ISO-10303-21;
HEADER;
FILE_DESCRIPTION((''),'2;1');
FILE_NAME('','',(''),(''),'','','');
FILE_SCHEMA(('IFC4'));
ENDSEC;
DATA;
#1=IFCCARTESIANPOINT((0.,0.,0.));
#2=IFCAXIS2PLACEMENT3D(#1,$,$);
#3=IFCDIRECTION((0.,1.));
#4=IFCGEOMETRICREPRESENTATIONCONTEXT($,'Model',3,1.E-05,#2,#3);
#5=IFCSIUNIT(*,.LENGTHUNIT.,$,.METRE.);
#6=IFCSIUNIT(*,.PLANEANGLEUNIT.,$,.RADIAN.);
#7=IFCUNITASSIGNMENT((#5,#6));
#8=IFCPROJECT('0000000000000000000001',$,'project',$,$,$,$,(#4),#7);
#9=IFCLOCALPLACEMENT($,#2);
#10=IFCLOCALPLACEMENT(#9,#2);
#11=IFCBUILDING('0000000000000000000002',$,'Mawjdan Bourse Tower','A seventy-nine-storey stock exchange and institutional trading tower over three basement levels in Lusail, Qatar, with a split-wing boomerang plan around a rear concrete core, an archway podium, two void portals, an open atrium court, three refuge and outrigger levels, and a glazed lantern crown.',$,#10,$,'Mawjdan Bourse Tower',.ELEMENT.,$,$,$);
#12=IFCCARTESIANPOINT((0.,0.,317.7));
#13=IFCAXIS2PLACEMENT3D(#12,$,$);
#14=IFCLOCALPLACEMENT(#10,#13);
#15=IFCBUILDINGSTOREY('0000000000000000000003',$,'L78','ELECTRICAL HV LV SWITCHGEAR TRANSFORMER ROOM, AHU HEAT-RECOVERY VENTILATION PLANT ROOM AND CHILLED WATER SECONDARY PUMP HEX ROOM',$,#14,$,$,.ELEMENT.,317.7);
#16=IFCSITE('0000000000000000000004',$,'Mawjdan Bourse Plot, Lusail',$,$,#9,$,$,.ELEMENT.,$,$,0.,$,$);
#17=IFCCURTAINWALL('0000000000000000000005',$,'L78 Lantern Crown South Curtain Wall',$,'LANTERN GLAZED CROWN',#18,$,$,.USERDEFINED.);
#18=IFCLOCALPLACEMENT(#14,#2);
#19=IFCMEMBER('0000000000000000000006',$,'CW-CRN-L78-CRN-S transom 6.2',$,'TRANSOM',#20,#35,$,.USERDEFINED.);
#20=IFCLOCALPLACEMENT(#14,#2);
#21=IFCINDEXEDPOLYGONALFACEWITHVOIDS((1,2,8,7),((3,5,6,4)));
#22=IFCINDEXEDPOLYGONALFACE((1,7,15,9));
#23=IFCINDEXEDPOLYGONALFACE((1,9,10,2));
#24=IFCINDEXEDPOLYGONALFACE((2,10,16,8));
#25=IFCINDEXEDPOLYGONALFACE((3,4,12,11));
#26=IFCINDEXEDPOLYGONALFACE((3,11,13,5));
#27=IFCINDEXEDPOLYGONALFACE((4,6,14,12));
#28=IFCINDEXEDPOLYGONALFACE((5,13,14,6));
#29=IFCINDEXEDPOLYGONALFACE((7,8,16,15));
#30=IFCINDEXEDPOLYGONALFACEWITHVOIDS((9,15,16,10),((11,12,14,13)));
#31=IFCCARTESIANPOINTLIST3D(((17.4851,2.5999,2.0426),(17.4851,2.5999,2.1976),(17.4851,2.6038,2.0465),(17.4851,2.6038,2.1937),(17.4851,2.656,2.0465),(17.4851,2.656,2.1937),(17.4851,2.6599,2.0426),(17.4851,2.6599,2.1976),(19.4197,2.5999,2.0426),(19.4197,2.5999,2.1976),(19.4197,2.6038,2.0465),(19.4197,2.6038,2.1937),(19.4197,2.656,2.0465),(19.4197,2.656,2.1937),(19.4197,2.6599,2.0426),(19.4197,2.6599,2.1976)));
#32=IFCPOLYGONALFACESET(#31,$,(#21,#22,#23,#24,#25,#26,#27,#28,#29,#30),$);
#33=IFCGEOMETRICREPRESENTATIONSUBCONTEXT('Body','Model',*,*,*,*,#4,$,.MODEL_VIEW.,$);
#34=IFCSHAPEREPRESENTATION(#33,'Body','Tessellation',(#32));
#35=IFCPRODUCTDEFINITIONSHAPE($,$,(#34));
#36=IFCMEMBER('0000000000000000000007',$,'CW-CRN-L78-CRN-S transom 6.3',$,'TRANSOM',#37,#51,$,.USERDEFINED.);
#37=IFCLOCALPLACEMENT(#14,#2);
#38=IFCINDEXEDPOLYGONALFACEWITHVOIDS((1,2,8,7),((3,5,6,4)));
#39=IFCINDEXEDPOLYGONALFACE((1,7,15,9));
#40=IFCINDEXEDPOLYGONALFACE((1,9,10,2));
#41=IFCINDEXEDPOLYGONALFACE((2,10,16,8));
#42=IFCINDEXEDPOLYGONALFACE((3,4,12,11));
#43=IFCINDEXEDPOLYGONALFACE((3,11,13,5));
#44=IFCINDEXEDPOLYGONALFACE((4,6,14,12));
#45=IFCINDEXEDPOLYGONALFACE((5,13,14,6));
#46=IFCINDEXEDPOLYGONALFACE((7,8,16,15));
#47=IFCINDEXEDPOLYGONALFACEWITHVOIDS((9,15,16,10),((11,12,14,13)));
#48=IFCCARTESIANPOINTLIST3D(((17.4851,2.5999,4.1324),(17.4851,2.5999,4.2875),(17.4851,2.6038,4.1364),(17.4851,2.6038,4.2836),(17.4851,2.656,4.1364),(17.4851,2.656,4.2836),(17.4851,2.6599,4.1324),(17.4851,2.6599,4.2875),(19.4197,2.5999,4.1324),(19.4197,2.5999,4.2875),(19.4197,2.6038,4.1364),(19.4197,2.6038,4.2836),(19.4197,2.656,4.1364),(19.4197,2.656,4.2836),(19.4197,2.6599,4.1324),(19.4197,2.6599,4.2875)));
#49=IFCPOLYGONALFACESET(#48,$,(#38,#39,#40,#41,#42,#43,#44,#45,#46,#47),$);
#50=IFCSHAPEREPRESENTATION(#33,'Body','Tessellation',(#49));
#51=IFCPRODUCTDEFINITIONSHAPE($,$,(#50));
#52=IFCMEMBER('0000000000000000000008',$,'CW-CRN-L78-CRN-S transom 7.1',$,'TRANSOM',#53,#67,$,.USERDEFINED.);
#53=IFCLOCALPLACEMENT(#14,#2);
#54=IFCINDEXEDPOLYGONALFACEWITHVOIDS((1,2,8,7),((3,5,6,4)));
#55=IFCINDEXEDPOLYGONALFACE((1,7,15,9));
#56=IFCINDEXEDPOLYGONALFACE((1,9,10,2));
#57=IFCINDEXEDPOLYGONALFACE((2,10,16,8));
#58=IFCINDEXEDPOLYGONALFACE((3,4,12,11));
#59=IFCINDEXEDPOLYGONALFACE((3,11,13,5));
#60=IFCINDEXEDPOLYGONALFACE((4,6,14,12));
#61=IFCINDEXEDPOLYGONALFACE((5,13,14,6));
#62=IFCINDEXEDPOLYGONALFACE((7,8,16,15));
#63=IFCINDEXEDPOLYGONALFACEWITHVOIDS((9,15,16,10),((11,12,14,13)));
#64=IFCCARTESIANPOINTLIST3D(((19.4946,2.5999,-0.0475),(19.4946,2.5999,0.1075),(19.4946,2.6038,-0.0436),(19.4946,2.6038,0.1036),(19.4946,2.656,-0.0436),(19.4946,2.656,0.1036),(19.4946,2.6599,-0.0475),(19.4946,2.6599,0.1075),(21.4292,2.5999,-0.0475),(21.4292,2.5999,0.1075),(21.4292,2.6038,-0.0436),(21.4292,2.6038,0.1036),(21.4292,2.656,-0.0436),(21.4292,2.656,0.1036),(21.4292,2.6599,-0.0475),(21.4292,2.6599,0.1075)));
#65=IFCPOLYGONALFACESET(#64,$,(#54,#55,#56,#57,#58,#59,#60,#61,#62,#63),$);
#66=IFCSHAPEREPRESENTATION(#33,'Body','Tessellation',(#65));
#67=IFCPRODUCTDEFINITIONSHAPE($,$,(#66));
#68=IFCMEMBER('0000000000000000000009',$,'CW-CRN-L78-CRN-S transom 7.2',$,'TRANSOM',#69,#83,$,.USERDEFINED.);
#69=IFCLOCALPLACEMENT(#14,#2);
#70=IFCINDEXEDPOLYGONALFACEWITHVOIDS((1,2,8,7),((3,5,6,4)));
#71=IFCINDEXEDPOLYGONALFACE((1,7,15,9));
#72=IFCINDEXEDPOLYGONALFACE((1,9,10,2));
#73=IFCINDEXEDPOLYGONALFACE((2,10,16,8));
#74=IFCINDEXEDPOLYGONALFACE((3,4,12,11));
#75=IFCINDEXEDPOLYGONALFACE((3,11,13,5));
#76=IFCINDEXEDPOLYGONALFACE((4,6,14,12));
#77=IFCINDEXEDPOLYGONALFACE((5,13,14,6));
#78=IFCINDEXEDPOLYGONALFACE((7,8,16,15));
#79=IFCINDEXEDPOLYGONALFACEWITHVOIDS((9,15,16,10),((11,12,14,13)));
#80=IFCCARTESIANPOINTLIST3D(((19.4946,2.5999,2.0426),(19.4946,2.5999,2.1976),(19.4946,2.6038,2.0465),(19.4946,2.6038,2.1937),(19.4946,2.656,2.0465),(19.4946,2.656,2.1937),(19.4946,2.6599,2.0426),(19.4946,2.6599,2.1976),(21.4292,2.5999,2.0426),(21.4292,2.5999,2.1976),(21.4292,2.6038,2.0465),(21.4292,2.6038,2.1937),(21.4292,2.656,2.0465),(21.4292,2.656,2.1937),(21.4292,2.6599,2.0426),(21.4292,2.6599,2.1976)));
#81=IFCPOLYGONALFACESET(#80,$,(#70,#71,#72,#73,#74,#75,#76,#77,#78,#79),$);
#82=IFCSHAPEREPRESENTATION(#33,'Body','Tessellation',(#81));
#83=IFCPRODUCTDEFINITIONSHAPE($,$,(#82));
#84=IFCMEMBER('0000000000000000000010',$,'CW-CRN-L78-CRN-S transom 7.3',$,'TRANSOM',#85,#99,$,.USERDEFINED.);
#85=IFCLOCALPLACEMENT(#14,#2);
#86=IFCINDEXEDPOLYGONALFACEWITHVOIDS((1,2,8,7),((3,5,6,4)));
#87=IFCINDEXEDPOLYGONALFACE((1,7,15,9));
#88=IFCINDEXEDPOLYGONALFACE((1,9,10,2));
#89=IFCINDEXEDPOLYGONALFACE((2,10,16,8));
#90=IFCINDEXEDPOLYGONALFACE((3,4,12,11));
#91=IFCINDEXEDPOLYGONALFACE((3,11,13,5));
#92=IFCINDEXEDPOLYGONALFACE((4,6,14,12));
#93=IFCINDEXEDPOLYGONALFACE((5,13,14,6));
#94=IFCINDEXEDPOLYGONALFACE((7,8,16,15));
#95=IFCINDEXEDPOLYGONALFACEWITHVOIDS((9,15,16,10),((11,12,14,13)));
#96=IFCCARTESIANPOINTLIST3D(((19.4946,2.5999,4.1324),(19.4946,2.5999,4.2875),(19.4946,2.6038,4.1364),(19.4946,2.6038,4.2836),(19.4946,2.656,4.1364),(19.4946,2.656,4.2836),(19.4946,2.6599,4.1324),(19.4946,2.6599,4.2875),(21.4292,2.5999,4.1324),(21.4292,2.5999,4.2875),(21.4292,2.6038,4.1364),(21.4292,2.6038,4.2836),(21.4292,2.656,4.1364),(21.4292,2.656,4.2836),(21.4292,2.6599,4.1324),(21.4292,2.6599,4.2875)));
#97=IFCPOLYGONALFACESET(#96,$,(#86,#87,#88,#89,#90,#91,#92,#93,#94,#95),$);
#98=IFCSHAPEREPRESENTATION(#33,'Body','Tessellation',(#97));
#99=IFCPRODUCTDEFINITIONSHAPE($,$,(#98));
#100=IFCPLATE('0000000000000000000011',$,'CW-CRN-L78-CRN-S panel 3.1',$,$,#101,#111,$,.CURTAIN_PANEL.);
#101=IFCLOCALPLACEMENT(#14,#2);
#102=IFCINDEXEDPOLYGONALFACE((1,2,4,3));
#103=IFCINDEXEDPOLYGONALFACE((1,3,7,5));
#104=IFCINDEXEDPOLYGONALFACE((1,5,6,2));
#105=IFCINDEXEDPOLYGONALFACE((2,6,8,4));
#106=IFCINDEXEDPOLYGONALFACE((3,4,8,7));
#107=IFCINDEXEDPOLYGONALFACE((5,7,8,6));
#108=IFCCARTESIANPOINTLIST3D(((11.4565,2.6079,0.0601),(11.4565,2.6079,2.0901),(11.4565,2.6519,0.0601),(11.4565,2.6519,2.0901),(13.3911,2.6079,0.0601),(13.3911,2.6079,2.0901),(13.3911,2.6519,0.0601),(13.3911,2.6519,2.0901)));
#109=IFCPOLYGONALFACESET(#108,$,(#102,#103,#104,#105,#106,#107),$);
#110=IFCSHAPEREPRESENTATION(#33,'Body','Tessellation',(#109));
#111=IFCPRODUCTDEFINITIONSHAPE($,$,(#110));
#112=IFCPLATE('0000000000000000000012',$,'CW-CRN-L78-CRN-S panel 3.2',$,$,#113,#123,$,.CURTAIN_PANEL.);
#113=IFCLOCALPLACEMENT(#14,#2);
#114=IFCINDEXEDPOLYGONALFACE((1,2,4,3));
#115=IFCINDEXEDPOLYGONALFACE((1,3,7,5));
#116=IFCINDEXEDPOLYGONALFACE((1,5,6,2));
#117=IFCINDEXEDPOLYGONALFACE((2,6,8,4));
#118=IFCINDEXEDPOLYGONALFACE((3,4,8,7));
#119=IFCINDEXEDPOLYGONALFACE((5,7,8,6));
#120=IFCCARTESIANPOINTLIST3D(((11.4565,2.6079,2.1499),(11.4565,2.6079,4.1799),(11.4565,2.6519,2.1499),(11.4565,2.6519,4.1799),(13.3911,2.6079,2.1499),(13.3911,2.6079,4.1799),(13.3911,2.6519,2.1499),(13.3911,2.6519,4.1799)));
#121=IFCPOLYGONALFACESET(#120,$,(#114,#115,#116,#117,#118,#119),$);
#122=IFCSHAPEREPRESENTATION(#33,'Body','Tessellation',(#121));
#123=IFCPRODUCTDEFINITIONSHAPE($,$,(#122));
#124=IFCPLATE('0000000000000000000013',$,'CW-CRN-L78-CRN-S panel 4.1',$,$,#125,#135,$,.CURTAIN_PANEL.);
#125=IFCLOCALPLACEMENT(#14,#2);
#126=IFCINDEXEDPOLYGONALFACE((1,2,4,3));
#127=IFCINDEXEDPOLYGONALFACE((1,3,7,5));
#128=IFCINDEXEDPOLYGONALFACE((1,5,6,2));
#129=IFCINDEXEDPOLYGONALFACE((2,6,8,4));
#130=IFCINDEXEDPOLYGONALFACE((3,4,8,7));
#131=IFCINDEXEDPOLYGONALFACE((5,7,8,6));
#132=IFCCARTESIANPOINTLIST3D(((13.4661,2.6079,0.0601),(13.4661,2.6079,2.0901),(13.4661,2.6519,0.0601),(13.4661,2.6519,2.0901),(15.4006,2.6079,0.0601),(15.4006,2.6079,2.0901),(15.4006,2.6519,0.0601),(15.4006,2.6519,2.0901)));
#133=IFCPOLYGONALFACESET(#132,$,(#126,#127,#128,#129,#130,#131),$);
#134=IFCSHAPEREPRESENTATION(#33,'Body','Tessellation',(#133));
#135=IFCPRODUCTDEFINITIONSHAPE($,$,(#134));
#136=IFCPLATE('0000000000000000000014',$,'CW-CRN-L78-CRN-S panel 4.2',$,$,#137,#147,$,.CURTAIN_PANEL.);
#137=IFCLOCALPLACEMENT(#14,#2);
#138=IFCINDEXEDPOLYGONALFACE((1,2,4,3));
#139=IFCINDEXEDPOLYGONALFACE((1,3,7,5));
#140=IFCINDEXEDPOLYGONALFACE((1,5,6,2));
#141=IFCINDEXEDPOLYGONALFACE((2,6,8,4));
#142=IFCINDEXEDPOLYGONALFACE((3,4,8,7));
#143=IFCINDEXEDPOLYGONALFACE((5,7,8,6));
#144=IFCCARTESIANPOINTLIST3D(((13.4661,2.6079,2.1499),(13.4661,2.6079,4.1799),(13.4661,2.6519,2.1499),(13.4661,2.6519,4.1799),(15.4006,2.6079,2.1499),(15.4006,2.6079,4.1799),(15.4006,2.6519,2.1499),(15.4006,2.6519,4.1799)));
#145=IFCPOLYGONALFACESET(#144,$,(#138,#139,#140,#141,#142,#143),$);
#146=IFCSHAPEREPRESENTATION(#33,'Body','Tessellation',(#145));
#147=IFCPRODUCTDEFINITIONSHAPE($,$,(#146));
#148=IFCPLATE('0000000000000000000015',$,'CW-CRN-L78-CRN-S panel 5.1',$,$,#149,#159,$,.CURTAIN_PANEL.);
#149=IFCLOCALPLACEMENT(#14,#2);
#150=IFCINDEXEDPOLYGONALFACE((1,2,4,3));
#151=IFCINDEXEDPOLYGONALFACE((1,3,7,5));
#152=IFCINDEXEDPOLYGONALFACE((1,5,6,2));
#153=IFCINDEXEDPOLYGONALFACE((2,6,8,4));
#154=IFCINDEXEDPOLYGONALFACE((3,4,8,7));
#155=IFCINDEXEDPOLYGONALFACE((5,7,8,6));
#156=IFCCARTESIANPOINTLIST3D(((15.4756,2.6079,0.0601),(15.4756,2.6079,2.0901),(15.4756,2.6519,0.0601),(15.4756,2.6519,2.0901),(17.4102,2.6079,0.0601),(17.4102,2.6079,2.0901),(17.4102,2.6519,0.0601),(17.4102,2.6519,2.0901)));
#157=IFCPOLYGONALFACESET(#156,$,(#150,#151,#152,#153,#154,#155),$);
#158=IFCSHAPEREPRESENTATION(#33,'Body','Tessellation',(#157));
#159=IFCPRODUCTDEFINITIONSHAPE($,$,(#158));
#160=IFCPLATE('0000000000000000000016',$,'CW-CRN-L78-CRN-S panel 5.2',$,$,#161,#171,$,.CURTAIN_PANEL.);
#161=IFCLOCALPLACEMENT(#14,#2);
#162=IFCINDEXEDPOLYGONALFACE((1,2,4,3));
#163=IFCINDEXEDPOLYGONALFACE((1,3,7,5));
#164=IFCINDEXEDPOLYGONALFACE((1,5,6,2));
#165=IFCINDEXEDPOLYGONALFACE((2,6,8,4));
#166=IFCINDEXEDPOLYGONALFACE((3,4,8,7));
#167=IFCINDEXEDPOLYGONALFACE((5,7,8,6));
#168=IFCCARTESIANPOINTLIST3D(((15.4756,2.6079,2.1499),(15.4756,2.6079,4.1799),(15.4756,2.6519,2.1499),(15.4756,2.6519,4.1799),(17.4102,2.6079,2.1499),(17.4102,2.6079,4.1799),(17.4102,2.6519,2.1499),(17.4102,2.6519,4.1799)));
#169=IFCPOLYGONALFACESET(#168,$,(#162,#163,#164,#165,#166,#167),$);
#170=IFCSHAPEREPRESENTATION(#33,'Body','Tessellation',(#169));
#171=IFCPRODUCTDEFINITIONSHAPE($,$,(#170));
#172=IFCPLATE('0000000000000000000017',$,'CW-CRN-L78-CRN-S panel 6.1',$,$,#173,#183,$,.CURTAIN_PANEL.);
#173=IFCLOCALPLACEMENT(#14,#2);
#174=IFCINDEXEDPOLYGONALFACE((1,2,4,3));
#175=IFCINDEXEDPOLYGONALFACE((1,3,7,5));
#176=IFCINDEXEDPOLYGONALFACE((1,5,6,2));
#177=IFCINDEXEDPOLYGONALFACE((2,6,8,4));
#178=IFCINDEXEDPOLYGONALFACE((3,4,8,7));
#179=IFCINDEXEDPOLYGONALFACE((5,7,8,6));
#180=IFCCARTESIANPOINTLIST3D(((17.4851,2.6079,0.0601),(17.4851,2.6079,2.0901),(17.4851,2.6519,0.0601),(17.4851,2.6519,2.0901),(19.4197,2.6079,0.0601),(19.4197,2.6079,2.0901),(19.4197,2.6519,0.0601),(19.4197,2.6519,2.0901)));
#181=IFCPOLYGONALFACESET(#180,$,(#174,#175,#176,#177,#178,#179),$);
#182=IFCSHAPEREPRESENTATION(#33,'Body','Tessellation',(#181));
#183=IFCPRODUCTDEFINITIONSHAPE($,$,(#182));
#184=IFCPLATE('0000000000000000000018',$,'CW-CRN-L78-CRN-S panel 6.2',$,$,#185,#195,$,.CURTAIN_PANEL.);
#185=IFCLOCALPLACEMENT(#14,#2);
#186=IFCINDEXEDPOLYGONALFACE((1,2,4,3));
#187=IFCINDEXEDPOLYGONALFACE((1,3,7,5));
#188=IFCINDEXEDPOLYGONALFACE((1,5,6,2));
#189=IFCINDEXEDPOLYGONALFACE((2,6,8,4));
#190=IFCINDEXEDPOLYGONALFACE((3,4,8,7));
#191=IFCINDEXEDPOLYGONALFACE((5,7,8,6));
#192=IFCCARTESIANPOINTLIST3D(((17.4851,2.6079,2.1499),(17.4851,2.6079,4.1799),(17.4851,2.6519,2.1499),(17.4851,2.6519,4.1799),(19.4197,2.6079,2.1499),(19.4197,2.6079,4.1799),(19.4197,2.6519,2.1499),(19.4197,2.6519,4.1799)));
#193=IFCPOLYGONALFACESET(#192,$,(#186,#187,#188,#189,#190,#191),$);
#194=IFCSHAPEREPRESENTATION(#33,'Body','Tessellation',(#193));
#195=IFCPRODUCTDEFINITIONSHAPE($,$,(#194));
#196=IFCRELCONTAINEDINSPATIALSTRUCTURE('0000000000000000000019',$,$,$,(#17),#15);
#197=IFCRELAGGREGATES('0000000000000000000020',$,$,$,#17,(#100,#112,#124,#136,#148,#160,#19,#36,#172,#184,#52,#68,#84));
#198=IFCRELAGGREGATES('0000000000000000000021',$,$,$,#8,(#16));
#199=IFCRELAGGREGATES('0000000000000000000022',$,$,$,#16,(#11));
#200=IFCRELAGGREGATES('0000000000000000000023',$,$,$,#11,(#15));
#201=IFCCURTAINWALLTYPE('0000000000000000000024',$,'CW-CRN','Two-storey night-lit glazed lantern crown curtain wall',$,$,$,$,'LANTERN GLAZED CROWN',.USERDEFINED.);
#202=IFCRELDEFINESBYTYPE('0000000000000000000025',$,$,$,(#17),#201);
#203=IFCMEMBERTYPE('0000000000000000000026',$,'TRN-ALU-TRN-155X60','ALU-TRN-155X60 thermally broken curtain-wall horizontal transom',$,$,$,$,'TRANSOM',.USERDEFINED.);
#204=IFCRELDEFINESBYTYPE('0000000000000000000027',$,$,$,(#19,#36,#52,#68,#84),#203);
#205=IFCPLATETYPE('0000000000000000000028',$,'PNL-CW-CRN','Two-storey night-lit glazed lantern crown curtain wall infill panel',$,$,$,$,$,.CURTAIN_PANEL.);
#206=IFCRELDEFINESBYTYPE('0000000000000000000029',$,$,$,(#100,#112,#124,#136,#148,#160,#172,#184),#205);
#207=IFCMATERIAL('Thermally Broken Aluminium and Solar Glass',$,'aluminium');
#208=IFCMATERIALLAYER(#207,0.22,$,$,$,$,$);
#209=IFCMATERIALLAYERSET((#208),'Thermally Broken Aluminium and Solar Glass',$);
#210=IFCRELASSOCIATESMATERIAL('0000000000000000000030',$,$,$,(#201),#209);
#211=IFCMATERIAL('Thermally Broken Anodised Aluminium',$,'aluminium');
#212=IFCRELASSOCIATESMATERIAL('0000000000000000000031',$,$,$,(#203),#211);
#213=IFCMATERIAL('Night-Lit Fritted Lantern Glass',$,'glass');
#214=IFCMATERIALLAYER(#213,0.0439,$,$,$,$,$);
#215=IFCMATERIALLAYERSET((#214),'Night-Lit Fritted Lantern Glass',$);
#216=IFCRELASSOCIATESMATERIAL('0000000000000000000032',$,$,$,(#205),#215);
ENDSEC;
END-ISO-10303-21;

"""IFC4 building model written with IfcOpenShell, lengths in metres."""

from ifc_helpers import new_model, si_unit, direction, frame, origin, origin_2d, place, context, subcontext, project, spatial, rectangle, hollow_rectangle, extrude, material, layer, layer_set, material_profile, profile_set, type_object, element, aggregate, save


model = new_model("IFC4")

# Units and contexts
model_context = context("Model", 3, precision=1e-05, world=origin(), true_north=direction((0.0, 1.0)))
body_context = subcontext(model_context, "Body", "Model", "MODEL_VIEW")
ifc_project = project(units=[si_unit("LENGTHUNIT", "METRE"), si_unit("PLANEANGLEUNIT", "RADIAN")], contexts=[model_context])

# Site, building, storey
site_placement = place(None, origin())
site = spatial("IfcSite", under=ifc_project, at=site_placement, Name="Mawjdan Bourse Plot, Lusail", CompositionType="ELEMENT", RefElevation=0.0)
building_placement = place(site_placement, origin())
building = spatial("IfcBuilding", under=site, at=building_placement, Name="Mawjdan Bourse Tower", Description="A seventy-nine-storey stock exchange and institutional trading tower over three basement levels in Lusail, Qatar, with a split-wing boomerang plan around a rear concrete core, an archway podium, two void portals, an open atrium court, three refuge and outrigger levels, and a glazed lantern crown.", LongName="Mawjdan Bourse Tower", CompositionType="ELEMENT")
storey_placement = place(building_placement, frame((0.0, 0.0, 317.7)))
storey = spatial("IfcBuildingStorey", under=building, at=storey_placement, Name="L78", Description="ELECTRICAL HV LV SWITCHGEAR TRANSFORMER ROOM, AHU HEAT-RECOVERY VENTILATION PLANT ROOM AND CHILLED WATER SECONDARY PUMP HEX ROOM", CompositionType="ELEMENT", Elevation=317.7)

# Curtain wall, members, plates
ifc_material_1 = material(Name="Thermally Broken Aluminium and Solar Glass", Category="aluminium")
ifc_layer_1 = layer(ifc_material_1, 0.22)
ifc_layer_set_1 = layer_set([ifc_layer_1], Name="Thermally Broken Aluminium and Solar Glass")
curtain_wall_type = type_object("IfcCurtainWallType", Name="CW-CRN", Description="Two-storey night-lit glazed lantern crown curtain wall", ElementType="LANTERN GLAZED CROWN", PredefinedType="USERDEFINED", material=ifc_layer_set_1)
curtain_wall_placement = place(storey_placement, origin())
curtain_wall = element("IfcCurtainWall", 1, at=curtain_wall_placement, inside=storey, type_object=curtain_wall_type, Name="L78 Lantern Crown South Curtain Wall", ObjectType="LANTERN GLAZED CROWN", PredefinedType="USERDEFINED")
ifc_material_2 = material(Name="Thermally Broken Anodised Aluminium", Category="aluminium")
ifc_material_profile_1 = material_profile(ifc_material_2, hollow_rectangle(XDim=0.0601, YDim=0.155, WallThickness=0.0039, at=origin_2d()), Name="ALU-TRN-155X60")
ifc_profile_set_1 = profile_set([ifc_material_profile_1], Name="Thermally Broken Anodised Aluminium")
member_type_1 = type_object("IfcMemberType", Name="TRN-ALU-TRN-155X60", Description="ALU-TRN-155X60 thermally broken curtain-wall horizontal transom", ElementType="TRANSOM", PredefinedType="USERDEFINED", material=ifc_profile_set_1)
member_1_placement = place(storey_placement, frame((17.4851, 2.6299, 2.1201), z_axis=(1.0, 0.0, 0.0), x_axis=(0.0, 1.0, 0.0)))
member_1 = element("IfcMember", 2, at=member_1_placement, type_object=member_type_1, Name="CW-CRN-L78-CRN-S transom 6.2", ObjectType="TRANSOM", PredefinedType="USERDEFINED", context=body_context, shape_type="SweptSolid", body=[
    extrude(hollow_rectangle(XDim=0.0601, YDim=0.155, WallThickness=0.0039, at=origin_2d()), origin(), (0.0, 0.0, 1.0), 1.9346),
])
member_2_placement = place(storey_placement, frame((17.4851, 2.6299, 4.21), z_axis=(1.0, 0.0, 0.0), x_axis=(0.0, 1.0, 0.0)))
member_2 = element("IfcMember", 3, at=member_2_placement, type_object=member_type_1, Name="CW-CRN-L78-CRN-S transom 6.3", ObjectType="TRANSOM", PredefinedType="USERDEFINED", context=body_context, shape_type="SweptSolid", body=[
    extrude(hollow_rectangle(XDim=0.0601, YDim=0.155, WallThickness=0.0039, at=origin_2d()), origin(), (0.0, 0.0, 1.0), 1.9346),
])
member_3_placement = place(storey_placement, frame((19.4946, 2.6299, 0.03), z_axis=(1.0, 0.0, 0.0), x_axis=(0.0, 1.0, 0.0)))
member_3 = element("IfcMember", 4, at=member_3_placement, type_object=member_type_1, Name="CW-CRN-L78-CRN-S transom 7.1", ObjectType="TRANSOM", PredefinedType="USERDEFINED", context=body_context, shape_type="SweptSolid", body=[
    extrude(hollow_rectangle(XDim=0.0601, YDim=0.155, WallThickness=0.0039, at=origin_2d()), origin(), (0.0, 0.0, 1.0), 1.9346),
])
member_4_placement = place(storey_placement, frame((19.4946, 2.6299, 2.1201), z_axis=(1.0, 0.0, 0.0), x_axis=(0.0, 1.0, 0.0)))
member_4 = element("IfcMember", 5, at=member_4_placement, type_object=member_type_1, Name="CW-CRN-L78-CRN-S transom 7.2", ObjectType="TRANSOM", PredefinedType="USERDEFINED", context=body_context, shape_type="SweptSolid", body=[
    extrude(hollow_rectangle(XDim=0.0601, YDim=0.155, WallThickness=0.0039, at=origin_2d()), origin(), (0.0, 0.0, 1.0), 1.9346),
])
member_5_placement = place(storey_placement, frame((19.4946, 2.6299, 4.21), z_axis=(1.0, 0.0, 0.0), x_axis=(0.0, 1.0, 0.0)))
member_5 = element("IfcMember", 6, at=member_5_placement, type_object=member_type_1, Name="CW-CRN-L78-CRN-S transom 7.3", ObjectType="TRANSOM", PredefinedType="USERDEFINED", context=body_context, shape_type="SweptSolid", body=[
    extrude(hollow_rectangle(XDim=0.0601, YDim=0.155, WallThickness=0.0039, at=origin_2d()), origin(), (0.0, 0.0, 1.0), 1.9346),
])
ifc_material_3 = material(Name="Night-Lit Fritted Lantern Glass", Category="glass")
ifc_layer_2 = layer(ifc_material_3, 0.0439)
ifc_layer_set_2 = layer_set([ifc_layer_2], Name="Night-Lit Fritted Lantern Glass")
plate_type = type_object("IfcPlateType", Name="PNL-CW-CRN", Description="Two-storey night-lit glazed lantern crown curtain wall infill panel", PredefinedType="CURTAIN_PANEL", material=ifc_layer_set_2)
plate_1_placement = place(storey_placement, frame((12.4238, 2.6299, 0.0601), z_axis=(0.0, 0.0, 1.0), x_axis=(1.0, 0.0, 0.0)))
plate_1 = element("IfcPlate", 7, at=plate_1_placement, type_object=plate_type, Name="CW-CRN-L78-CRN-S panel 3.1", PredefinedType="CURTAIN_PANEL", context=body_context, shape_type="SweptSolid", body=[
    extrude(rectangle(XDim=1.9346, YDim=0.0439, at=origin_2d()), origin(), (0.0, 0.0, 1.0), 2.03),
])
plate_2_placement = place(storey_placement, frame((12.4238, 2.6299, 2.1499), z_axis=(0.0, 0.0, 1.0), x_axis=(1.0, 0.0, 0.0)))
plate_2 = element("IfcPlate", 8, at=plate_2_placement, type_object=plate_type, Name="CW-CRN-L78-CRN-S panel 3.2", PredefinedType="CURTAIN_PANEL", context=body_context, shape_type="SweptSolid", body=[
    extrude(rectangle(XDim=1.9346, YDim=0.0439, at=origin_2d()), origin(), (0.0, 0.0, 1.0), 2.03),
])
plate_3_placement = place(storey_placement, frame((14.4333, 2.6299, 0.0601), z_axis=(0.0, 0.0, 1.0), x_axis=(1.0, 0.0, 0.0)))
plate_3 = element("IfcPlate", 9, at=plate_3_placement, type_object=plate_type, Name="CW-CRN-L78-CRN-S panel 4.1", PredefinedType="CURTAIN_PANEL", context=body_context, shape_type="SweptSolid", body=[
    extrude(rectangle(XDim=1.9346, YDim=0.0439, at=origin_2d()), origin(), (0.0, 0.0, 1.0), 2.03),
])
plate_4_placement = place(storey_placement, frame((14.4333, 2.6299, 2.1499), z_axis=(0.0, 0.0, 1.0), x_axis=(1.0, 0.0, 0.0)))
plate_4 = element("IfcPlate", 10, at=plate_4_placement, type_object=plate_type, Name="CW-CRN-L78-CRN-S panel 4.2", PredefinedType="CURTAIN_PANEL", context=body_context, shape_type="SweptSolid", body=[
    extrude(rectangle(XDim=1.9346, YDim=0.0439, at=origin_2d()), origin(), (0.0, 0.0, 1.0), 2.03),
])
plate_5_placement = place(storey_placement, frame((16.4429, 2.6299, 0.0601), z_axis=(0.0, 0.0, 1.0), x_axis=(1.0, 0.0, 0.0)))
plate_5 = element("IfcPlate", 11, at=plate_5_placement, type_object=plate_type, Name="CW-CRN-L78-CRN-S panel 5.1", PredefinedType="CURTAIN_PANEL", context=body_context, shape_type="SweptSolid", body=[
    extrude(rectangle(XDim=1.9346, YDim=0.0439, at=origin_2d()), origin(), (0.0, 0.0, 1.0), 2.03),
])
plate_6_placement = place(storey_placement, frame((16.4429, 2.6299, 2.1499), z_axis=(0.0, 0.0, 1.0), x_axis=(1.0, 0.0, 0.0)))
plate_6 = element("IfcPlate", 12, at=plate_6_placement, type_object=plate_type, Name="CW-CRN-L78-CRN-S panel 5.2", PredefinedType="CURTAIN_PANEL", context=body_context, shape_type="SweptSolid", body=[
    extrude(rectangle(XDim=1.9346, YDim=0.0439, at=origin_2d()), origin(), (0.0, 0.0, 1.0), 2.03),
])
plate_7_placement = place(storey_placement, frame((18.4524, 2.6299, 0.0601), z_axis=(0.0, 0.0, 1.0), x_axis=(1.0, 0.0, 0.0)))
plate_7 = element("IfcPlate", 13, at=plate_7_placement, type_object=plate_type, Name="CW-CRN-L78-CRN-S panel 6.1", PredefinedType="CURTAIN_PANEL", context=body_context, shape_type="SweptSolid", body=[
    extrude(rectangle(XDim=1.9346, YDim=0.0439, at=origin_2d()), origin(), (0.0, 0.0, 1.0), 2.03),
])
plate_8_placement = place(storey_placement, frame((18.4524, 2.6299, 2.1499), z_axis=(0.0, 0.0, 1.0), x_axis=(1.0, 0.0, 0.0)))
plate_8 = element("IfcPlate", 14, at=plate_8_placement, type_object=plate_type, Name="CW-CRN-L78-CRN-S panel 6.2", PredefinedType="CURTAIN_PANEL", context=body_context, shape_type="SweptSolid", body=[
    extrude(rectangle(XDim=1.9346, YDim=0.0439, at=origin_2d()), origin(), (0.0, 0.0, 1.0), 2.03),
])
aggregate(curtain_wall, [plate_1, plate_2, plate_3, plate_4, plate_5, plate_6, member_1, member_2, plate_7, plate_8, member_3, member_4, member_5])

save(model, "model.ifc")
